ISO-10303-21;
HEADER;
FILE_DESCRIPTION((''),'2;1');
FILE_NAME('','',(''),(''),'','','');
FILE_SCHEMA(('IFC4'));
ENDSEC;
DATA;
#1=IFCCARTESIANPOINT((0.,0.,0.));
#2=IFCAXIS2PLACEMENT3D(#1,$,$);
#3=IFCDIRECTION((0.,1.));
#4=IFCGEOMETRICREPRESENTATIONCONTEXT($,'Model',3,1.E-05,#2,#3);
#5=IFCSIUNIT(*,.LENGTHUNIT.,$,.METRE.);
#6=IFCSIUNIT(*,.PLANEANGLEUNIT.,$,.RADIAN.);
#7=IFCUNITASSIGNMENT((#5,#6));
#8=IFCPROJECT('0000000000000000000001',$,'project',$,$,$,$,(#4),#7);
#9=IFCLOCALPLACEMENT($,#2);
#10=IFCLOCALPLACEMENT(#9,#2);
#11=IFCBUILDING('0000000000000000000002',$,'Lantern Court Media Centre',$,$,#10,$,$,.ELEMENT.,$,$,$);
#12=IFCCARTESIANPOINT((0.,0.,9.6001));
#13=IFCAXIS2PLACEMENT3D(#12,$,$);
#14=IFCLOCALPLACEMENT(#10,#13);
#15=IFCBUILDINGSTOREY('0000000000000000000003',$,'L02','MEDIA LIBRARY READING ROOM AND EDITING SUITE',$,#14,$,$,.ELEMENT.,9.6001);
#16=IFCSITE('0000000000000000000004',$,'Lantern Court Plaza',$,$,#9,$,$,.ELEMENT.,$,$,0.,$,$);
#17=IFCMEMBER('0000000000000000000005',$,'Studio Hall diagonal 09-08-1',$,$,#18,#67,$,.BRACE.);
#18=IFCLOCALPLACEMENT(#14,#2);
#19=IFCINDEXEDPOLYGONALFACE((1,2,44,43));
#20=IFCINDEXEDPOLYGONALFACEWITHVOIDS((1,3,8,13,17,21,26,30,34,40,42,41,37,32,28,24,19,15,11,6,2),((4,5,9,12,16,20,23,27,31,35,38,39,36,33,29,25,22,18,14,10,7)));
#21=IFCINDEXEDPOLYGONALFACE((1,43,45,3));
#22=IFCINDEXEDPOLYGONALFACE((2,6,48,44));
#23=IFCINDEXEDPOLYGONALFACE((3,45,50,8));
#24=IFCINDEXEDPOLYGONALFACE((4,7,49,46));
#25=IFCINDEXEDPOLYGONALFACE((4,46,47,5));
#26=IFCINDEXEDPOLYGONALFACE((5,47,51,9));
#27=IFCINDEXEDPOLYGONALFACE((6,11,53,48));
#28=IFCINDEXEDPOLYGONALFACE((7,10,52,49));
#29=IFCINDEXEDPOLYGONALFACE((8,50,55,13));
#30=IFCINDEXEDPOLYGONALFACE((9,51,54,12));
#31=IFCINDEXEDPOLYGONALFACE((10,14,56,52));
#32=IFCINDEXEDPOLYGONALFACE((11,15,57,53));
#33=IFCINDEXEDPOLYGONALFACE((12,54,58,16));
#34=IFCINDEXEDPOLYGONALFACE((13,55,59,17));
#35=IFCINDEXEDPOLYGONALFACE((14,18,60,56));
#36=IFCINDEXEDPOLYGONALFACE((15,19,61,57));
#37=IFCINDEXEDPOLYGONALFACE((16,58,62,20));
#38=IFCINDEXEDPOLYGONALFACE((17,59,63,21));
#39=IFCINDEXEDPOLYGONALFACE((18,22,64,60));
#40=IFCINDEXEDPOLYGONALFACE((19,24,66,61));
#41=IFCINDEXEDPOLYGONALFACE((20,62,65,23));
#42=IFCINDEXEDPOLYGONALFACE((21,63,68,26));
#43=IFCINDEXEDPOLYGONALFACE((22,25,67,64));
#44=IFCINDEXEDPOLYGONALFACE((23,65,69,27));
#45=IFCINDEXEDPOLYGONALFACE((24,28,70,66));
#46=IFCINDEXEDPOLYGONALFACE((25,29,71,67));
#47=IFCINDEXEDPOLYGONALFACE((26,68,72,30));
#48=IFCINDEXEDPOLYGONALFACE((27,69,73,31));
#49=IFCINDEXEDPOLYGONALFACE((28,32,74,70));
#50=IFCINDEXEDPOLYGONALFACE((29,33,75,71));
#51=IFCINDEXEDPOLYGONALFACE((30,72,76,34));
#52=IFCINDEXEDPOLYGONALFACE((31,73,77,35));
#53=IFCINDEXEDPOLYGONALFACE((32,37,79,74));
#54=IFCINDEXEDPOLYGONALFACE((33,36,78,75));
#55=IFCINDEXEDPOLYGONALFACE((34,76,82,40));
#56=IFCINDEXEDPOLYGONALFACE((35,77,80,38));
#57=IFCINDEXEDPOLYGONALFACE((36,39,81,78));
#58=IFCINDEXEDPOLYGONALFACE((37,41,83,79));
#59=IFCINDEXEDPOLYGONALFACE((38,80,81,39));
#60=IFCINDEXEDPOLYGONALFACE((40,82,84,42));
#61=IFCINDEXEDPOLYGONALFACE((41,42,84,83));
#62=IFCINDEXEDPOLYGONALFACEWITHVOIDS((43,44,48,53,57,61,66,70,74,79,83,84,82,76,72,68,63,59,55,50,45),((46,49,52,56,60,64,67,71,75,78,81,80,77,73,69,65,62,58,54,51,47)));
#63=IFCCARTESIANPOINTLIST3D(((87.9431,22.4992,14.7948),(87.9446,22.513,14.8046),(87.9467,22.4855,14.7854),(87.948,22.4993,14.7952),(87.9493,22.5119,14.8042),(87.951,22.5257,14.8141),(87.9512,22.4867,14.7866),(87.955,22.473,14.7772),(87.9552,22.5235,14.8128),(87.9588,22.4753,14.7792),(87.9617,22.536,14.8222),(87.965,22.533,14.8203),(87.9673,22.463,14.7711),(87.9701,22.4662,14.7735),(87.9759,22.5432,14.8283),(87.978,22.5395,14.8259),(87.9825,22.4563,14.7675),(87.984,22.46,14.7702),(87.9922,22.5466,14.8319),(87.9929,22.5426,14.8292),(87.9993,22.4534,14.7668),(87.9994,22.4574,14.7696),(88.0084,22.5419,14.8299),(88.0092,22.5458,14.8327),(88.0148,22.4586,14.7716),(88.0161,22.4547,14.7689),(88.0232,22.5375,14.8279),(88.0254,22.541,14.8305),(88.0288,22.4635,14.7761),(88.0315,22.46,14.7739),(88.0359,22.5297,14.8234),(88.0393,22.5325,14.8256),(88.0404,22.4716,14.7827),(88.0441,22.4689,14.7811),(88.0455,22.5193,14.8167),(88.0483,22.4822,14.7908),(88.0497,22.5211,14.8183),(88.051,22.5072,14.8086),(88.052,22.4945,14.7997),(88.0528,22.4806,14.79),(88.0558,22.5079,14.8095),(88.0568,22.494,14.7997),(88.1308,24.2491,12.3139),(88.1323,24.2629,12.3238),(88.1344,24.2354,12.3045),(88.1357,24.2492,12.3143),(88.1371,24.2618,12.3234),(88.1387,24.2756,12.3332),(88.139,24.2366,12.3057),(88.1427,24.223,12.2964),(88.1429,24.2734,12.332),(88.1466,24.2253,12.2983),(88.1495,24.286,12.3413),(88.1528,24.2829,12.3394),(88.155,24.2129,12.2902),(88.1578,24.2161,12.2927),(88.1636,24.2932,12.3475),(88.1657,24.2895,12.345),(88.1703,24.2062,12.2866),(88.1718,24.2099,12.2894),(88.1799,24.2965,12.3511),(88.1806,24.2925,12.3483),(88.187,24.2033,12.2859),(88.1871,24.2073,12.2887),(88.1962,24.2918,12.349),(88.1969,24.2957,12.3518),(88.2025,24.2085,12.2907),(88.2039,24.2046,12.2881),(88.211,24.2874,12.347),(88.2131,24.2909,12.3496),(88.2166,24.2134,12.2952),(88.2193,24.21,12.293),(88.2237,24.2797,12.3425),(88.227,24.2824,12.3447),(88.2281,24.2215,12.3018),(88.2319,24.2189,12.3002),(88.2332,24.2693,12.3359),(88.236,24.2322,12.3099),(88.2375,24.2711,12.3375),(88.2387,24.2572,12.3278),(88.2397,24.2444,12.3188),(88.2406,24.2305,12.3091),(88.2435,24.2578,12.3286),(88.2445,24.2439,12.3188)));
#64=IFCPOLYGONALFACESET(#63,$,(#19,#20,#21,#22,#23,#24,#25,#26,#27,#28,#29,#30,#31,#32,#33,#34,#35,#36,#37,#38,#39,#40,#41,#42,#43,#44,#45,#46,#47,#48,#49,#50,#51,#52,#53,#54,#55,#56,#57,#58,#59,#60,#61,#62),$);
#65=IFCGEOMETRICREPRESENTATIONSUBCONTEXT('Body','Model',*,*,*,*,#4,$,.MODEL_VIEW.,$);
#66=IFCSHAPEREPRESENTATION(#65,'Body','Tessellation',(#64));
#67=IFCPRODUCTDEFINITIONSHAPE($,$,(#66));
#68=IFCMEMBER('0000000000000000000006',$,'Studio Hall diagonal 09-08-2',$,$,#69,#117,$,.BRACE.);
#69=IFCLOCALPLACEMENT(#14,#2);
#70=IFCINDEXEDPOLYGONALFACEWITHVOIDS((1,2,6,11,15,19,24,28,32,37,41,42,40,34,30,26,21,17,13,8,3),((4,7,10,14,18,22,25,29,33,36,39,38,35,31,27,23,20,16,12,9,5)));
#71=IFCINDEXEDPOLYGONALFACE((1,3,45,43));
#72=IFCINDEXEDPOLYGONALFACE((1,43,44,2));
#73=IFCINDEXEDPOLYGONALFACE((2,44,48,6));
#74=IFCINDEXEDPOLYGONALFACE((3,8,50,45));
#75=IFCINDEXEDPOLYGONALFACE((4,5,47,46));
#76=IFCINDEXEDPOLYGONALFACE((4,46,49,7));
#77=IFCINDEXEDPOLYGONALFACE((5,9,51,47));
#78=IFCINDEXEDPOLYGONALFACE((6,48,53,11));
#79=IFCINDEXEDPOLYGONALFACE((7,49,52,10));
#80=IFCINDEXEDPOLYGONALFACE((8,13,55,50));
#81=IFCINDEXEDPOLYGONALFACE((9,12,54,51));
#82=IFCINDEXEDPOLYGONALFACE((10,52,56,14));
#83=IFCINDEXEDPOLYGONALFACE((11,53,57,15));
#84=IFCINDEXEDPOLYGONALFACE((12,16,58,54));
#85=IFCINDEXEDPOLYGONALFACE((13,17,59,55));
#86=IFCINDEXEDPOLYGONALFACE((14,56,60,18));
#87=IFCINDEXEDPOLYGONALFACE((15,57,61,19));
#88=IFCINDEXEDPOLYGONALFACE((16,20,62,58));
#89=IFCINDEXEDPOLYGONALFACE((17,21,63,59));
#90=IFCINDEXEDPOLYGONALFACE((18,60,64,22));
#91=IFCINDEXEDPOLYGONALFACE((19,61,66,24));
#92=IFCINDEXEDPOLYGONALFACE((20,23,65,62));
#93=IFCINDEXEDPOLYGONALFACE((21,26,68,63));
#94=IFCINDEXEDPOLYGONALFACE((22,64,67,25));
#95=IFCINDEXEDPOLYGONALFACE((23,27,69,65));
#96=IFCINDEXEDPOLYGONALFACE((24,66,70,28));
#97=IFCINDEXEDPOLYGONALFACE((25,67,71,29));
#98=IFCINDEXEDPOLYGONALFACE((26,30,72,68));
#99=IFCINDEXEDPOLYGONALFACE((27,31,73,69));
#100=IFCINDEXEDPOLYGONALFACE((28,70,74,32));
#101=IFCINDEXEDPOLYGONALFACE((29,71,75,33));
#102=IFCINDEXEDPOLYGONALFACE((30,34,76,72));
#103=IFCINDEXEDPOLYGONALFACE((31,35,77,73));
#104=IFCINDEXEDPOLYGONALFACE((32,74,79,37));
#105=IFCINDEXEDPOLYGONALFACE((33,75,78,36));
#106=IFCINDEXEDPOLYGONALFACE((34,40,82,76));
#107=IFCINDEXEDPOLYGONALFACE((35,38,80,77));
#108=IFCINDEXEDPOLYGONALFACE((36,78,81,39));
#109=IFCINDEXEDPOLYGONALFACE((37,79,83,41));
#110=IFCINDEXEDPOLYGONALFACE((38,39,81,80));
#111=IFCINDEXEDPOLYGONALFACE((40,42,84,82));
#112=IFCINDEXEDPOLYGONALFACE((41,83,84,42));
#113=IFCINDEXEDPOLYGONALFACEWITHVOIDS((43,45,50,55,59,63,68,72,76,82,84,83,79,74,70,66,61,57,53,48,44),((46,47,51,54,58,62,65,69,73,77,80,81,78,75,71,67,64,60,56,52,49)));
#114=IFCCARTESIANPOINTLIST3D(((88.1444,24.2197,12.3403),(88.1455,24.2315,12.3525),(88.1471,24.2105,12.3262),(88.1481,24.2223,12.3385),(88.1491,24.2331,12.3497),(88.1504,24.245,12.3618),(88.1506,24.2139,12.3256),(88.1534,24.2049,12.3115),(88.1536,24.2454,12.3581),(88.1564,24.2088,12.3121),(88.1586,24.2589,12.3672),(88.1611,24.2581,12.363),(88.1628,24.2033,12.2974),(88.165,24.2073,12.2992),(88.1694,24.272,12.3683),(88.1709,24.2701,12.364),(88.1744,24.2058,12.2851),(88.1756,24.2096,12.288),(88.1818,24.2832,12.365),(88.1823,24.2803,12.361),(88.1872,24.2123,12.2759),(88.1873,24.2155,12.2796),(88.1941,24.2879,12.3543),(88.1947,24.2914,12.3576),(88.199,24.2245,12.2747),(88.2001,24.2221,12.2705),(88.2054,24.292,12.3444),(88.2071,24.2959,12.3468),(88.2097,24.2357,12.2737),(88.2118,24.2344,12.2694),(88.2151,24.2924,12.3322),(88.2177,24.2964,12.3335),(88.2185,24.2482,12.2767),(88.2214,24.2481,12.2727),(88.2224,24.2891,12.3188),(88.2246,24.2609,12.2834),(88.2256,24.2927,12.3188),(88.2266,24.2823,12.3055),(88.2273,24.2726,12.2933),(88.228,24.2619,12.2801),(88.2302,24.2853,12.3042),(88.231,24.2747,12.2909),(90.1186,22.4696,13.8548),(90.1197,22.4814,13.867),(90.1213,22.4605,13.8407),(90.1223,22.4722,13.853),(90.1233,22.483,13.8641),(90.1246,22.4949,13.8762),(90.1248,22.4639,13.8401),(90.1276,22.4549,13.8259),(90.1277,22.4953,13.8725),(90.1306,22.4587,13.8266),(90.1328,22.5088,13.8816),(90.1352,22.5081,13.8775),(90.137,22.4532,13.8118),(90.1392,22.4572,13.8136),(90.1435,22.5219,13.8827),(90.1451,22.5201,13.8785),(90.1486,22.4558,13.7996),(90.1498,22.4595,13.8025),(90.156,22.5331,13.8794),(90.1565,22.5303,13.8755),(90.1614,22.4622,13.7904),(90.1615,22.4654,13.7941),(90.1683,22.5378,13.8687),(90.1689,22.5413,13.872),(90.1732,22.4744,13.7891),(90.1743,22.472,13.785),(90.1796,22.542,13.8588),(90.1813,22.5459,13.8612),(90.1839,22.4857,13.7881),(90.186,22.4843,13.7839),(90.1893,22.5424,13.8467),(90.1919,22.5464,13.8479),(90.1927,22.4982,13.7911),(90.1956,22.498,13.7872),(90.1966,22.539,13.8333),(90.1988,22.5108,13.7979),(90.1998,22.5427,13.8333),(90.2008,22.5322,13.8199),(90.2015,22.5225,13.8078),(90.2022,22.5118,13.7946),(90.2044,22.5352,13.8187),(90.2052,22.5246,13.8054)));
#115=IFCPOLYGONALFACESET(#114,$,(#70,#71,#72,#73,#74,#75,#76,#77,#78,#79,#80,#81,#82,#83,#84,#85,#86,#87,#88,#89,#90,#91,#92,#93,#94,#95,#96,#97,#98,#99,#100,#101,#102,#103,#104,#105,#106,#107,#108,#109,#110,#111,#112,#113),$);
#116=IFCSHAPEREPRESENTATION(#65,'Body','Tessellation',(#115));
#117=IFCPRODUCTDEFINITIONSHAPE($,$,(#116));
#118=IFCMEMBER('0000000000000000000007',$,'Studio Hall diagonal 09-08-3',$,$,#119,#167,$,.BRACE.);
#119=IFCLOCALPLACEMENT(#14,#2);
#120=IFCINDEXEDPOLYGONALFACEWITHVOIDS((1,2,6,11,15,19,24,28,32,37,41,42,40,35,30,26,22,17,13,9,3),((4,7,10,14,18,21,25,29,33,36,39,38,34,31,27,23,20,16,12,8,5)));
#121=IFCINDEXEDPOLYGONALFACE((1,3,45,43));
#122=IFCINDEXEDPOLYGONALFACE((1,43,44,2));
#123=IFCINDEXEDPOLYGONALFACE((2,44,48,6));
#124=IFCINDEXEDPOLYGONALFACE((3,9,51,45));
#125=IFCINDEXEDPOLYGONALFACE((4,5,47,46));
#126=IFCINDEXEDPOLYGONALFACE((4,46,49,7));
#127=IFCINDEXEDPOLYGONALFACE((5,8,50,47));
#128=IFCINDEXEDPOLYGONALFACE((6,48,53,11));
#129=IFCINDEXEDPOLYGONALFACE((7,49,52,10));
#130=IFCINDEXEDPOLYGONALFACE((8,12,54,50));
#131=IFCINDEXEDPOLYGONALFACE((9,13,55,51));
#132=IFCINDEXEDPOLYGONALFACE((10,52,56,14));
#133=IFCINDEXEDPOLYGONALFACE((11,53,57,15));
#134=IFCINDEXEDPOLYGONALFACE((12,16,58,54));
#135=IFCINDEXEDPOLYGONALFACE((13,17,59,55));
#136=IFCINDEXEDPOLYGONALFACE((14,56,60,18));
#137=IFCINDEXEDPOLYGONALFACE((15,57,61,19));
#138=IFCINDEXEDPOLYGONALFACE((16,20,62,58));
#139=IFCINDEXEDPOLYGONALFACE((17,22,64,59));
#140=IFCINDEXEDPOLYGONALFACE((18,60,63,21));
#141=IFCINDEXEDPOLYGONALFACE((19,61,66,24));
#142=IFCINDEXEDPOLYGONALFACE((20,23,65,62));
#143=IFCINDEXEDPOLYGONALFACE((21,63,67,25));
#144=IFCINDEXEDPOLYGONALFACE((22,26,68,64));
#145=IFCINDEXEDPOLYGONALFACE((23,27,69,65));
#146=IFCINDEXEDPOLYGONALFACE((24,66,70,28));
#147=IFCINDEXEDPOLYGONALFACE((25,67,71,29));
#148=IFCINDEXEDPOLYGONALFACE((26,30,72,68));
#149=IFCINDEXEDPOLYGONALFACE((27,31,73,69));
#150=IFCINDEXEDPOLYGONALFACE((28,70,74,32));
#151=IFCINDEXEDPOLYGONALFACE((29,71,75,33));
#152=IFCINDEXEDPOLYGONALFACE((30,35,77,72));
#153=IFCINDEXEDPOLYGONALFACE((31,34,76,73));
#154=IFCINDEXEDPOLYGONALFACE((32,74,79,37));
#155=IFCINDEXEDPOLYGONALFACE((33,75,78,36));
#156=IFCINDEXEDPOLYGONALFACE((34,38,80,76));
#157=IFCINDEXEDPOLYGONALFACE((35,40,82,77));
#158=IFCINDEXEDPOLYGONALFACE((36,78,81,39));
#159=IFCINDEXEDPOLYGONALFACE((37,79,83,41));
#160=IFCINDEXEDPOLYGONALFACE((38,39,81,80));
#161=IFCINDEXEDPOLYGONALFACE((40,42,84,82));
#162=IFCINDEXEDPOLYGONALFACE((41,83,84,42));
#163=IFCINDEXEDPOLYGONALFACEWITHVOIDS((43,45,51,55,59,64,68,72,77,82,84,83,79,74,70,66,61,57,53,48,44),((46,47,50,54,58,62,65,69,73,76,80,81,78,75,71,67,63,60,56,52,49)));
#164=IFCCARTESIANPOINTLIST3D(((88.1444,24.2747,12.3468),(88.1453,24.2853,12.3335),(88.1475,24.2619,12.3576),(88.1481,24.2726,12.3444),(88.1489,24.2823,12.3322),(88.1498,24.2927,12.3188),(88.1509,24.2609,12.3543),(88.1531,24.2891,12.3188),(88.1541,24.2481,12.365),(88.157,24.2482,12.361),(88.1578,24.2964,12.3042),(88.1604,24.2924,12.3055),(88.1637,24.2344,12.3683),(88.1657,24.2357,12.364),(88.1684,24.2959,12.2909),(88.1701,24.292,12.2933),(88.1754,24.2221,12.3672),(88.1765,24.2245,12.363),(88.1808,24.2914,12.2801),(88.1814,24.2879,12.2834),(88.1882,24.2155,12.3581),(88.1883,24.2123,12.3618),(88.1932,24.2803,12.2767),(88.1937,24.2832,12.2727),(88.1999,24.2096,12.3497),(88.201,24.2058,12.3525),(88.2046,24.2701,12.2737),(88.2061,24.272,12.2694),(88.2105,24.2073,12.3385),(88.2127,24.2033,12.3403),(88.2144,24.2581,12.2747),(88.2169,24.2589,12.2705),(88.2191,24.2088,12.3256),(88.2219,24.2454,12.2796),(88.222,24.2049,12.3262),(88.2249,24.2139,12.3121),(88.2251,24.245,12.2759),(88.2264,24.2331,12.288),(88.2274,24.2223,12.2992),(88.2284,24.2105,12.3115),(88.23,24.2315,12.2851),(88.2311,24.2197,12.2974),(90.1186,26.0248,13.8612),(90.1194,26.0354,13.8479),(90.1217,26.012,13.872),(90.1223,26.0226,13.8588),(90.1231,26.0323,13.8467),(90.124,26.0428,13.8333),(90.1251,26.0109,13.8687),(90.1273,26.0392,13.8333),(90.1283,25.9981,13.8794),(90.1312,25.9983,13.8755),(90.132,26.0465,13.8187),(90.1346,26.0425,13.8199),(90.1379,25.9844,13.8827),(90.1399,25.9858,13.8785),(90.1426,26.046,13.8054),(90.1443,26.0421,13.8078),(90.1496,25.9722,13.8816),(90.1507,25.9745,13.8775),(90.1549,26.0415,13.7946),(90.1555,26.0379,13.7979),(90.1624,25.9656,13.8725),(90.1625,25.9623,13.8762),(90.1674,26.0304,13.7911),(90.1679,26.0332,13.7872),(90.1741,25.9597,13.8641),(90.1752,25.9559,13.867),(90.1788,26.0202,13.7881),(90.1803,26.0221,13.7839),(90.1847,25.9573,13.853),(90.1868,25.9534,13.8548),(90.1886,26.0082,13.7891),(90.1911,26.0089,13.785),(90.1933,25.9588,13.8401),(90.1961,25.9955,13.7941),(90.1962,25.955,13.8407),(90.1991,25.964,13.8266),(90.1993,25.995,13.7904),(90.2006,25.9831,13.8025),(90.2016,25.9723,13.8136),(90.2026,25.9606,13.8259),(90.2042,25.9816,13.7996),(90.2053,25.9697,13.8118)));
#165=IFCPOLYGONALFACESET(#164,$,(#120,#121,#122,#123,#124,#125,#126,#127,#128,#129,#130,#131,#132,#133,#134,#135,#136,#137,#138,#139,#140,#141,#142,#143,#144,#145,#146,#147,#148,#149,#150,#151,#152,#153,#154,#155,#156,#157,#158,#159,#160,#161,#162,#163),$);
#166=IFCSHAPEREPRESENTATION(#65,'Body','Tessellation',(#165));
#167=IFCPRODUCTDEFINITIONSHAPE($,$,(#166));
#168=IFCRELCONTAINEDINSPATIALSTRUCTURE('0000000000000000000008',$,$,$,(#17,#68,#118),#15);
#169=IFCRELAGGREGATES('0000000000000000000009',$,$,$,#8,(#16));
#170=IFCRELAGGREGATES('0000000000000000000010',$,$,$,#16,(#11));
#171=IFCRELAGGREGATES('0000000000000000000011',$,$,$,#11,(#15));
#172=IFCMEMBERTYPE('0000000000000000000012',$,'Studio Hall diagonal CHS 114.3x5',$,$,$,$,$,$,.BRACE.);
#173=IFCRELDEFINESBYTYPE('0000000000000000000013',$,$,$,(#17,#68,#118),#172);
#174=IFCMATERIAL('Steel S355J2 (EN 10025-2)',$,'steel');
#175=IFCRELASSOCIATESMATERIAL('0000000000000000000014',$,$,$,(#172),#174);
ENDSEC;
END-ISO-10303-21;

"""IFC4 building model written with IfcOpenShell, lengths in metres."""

from ifc_helpers import new_model, si_unit, direction, frame, origin, origin_2d, place, context, subcontext, project, spatial, hollow_circle, extrude, material, material_profile, profile_set, type_object, element, save


model = new_model("IFC4")

# Units and contexts
model_context = context("Model", 3, precision=1e-05, world=origin(), true_north=direction((0.0, 1.0)))
body_context = subcontext(model_context, "Body", "Model", "MODEL_VIEW")
ifc_project = project(units=[si_unit("LENGTHUNIT", "METRE"), si_unit("PLANEANGLEUNIT", "RADIAN")], contexts=[model_context])

# Site, building, storey
site_placement = place(None, origin())
site = spatial("IfcSite", under=ifc_project, at=site_placement, Name="Lantern Court Plaza", CompositionType="ELEMENT", RefElevation=0.0)
building_placement = place(site_placement, origin())
building = spatial("IfcBuilding", under=site, at=building_placement, Name="Lantern Court Media Centre", CompositionType="ELEMENT")
storey_placement = place(building_placement, frame((0.0, 0.0, 9.6001)))
storey = spatial("IfcBuildingStorey", under=building, at=storey_placement, Name="L02", Description="MEDIA LIBRARY READING ROOM AND EDITING SUITE", CompositionType="ELEMENT", Elevation=9.6001)

# Members
ifc_material = material(Name="Steel S355J2 (EN 10025-2)", Category="steel")
ifc_material_profile_1 = material_profile(ifc_material, hollow_circle(Radius=0.0571, WallThickness=0.0049, at=origin_2d()), Name="Studio Hall diagonal CHS 114.3x5")
ifc_profile_set_1 = profile_set([ifc_material_profile_1], Name="Steel S355J2 (EN 10025-2)")
member_type_1 = type_object("IfcMemberType", Name="Studio Hall diagonal CHS 114.3x5", PredefinedType="BRACE", material=ifc_profile_set_1)
for number, where, z_axis, x_axis, name in (
    (1, (88.1877, 24.25, 12.3188), (-0.06172, -0.575306, 0.815606), (0.994294, -0.10667, 0.0), "Studio Hall diagonal 09-08-1"),
):
    element("IfcMember", number, at=place(storey_placement, frame(where, z_axis=z_axis, x_axis=x_axis)), inside=storey, type_object=member_type_1, Name=name, PredefinedType="BRACE", context=body_context, shape_type="SweptSolid", body=[
        extrude(hollow_circle(Radius=0.0571, WallThickness=0.0049, at=origin_2d()), origin(), (0.0, 0.0, 1.0), 3.0417),
    ])
for number, where, z_axis, x_axis, name in (
    (2, (88.1877, 24.25, 12.3188), (0.648979, -0.575301, 0.49785), (0.663352, 0.748307, 0.0), "Studio Hall diagonal 09-08-2"),
    (3, (88.1877, 24.25, 12.3188), (0.648979, 0.575301, 0.49785), (-0.663352, 0.748307, 0.0), "Studio Hall diagonal 09-08-3"),
):
    element("IfcMember", number, at=place(storey_placement, frame(where, z_axis=z_axis, x_axis=x_axis)), inside=storey, type_object=member_type_1, Name=name, PredefinedType="BRACE", context=body_context, shape_type="SweptSolid", body=[
        extrude(hollow_circle(Radius=0.0571, WallThickness=0.0049, at=origin_2d()), origin(), (0.0, 0.0, 1.0), 3.042),
    ])

save(model, "model.ifc")
